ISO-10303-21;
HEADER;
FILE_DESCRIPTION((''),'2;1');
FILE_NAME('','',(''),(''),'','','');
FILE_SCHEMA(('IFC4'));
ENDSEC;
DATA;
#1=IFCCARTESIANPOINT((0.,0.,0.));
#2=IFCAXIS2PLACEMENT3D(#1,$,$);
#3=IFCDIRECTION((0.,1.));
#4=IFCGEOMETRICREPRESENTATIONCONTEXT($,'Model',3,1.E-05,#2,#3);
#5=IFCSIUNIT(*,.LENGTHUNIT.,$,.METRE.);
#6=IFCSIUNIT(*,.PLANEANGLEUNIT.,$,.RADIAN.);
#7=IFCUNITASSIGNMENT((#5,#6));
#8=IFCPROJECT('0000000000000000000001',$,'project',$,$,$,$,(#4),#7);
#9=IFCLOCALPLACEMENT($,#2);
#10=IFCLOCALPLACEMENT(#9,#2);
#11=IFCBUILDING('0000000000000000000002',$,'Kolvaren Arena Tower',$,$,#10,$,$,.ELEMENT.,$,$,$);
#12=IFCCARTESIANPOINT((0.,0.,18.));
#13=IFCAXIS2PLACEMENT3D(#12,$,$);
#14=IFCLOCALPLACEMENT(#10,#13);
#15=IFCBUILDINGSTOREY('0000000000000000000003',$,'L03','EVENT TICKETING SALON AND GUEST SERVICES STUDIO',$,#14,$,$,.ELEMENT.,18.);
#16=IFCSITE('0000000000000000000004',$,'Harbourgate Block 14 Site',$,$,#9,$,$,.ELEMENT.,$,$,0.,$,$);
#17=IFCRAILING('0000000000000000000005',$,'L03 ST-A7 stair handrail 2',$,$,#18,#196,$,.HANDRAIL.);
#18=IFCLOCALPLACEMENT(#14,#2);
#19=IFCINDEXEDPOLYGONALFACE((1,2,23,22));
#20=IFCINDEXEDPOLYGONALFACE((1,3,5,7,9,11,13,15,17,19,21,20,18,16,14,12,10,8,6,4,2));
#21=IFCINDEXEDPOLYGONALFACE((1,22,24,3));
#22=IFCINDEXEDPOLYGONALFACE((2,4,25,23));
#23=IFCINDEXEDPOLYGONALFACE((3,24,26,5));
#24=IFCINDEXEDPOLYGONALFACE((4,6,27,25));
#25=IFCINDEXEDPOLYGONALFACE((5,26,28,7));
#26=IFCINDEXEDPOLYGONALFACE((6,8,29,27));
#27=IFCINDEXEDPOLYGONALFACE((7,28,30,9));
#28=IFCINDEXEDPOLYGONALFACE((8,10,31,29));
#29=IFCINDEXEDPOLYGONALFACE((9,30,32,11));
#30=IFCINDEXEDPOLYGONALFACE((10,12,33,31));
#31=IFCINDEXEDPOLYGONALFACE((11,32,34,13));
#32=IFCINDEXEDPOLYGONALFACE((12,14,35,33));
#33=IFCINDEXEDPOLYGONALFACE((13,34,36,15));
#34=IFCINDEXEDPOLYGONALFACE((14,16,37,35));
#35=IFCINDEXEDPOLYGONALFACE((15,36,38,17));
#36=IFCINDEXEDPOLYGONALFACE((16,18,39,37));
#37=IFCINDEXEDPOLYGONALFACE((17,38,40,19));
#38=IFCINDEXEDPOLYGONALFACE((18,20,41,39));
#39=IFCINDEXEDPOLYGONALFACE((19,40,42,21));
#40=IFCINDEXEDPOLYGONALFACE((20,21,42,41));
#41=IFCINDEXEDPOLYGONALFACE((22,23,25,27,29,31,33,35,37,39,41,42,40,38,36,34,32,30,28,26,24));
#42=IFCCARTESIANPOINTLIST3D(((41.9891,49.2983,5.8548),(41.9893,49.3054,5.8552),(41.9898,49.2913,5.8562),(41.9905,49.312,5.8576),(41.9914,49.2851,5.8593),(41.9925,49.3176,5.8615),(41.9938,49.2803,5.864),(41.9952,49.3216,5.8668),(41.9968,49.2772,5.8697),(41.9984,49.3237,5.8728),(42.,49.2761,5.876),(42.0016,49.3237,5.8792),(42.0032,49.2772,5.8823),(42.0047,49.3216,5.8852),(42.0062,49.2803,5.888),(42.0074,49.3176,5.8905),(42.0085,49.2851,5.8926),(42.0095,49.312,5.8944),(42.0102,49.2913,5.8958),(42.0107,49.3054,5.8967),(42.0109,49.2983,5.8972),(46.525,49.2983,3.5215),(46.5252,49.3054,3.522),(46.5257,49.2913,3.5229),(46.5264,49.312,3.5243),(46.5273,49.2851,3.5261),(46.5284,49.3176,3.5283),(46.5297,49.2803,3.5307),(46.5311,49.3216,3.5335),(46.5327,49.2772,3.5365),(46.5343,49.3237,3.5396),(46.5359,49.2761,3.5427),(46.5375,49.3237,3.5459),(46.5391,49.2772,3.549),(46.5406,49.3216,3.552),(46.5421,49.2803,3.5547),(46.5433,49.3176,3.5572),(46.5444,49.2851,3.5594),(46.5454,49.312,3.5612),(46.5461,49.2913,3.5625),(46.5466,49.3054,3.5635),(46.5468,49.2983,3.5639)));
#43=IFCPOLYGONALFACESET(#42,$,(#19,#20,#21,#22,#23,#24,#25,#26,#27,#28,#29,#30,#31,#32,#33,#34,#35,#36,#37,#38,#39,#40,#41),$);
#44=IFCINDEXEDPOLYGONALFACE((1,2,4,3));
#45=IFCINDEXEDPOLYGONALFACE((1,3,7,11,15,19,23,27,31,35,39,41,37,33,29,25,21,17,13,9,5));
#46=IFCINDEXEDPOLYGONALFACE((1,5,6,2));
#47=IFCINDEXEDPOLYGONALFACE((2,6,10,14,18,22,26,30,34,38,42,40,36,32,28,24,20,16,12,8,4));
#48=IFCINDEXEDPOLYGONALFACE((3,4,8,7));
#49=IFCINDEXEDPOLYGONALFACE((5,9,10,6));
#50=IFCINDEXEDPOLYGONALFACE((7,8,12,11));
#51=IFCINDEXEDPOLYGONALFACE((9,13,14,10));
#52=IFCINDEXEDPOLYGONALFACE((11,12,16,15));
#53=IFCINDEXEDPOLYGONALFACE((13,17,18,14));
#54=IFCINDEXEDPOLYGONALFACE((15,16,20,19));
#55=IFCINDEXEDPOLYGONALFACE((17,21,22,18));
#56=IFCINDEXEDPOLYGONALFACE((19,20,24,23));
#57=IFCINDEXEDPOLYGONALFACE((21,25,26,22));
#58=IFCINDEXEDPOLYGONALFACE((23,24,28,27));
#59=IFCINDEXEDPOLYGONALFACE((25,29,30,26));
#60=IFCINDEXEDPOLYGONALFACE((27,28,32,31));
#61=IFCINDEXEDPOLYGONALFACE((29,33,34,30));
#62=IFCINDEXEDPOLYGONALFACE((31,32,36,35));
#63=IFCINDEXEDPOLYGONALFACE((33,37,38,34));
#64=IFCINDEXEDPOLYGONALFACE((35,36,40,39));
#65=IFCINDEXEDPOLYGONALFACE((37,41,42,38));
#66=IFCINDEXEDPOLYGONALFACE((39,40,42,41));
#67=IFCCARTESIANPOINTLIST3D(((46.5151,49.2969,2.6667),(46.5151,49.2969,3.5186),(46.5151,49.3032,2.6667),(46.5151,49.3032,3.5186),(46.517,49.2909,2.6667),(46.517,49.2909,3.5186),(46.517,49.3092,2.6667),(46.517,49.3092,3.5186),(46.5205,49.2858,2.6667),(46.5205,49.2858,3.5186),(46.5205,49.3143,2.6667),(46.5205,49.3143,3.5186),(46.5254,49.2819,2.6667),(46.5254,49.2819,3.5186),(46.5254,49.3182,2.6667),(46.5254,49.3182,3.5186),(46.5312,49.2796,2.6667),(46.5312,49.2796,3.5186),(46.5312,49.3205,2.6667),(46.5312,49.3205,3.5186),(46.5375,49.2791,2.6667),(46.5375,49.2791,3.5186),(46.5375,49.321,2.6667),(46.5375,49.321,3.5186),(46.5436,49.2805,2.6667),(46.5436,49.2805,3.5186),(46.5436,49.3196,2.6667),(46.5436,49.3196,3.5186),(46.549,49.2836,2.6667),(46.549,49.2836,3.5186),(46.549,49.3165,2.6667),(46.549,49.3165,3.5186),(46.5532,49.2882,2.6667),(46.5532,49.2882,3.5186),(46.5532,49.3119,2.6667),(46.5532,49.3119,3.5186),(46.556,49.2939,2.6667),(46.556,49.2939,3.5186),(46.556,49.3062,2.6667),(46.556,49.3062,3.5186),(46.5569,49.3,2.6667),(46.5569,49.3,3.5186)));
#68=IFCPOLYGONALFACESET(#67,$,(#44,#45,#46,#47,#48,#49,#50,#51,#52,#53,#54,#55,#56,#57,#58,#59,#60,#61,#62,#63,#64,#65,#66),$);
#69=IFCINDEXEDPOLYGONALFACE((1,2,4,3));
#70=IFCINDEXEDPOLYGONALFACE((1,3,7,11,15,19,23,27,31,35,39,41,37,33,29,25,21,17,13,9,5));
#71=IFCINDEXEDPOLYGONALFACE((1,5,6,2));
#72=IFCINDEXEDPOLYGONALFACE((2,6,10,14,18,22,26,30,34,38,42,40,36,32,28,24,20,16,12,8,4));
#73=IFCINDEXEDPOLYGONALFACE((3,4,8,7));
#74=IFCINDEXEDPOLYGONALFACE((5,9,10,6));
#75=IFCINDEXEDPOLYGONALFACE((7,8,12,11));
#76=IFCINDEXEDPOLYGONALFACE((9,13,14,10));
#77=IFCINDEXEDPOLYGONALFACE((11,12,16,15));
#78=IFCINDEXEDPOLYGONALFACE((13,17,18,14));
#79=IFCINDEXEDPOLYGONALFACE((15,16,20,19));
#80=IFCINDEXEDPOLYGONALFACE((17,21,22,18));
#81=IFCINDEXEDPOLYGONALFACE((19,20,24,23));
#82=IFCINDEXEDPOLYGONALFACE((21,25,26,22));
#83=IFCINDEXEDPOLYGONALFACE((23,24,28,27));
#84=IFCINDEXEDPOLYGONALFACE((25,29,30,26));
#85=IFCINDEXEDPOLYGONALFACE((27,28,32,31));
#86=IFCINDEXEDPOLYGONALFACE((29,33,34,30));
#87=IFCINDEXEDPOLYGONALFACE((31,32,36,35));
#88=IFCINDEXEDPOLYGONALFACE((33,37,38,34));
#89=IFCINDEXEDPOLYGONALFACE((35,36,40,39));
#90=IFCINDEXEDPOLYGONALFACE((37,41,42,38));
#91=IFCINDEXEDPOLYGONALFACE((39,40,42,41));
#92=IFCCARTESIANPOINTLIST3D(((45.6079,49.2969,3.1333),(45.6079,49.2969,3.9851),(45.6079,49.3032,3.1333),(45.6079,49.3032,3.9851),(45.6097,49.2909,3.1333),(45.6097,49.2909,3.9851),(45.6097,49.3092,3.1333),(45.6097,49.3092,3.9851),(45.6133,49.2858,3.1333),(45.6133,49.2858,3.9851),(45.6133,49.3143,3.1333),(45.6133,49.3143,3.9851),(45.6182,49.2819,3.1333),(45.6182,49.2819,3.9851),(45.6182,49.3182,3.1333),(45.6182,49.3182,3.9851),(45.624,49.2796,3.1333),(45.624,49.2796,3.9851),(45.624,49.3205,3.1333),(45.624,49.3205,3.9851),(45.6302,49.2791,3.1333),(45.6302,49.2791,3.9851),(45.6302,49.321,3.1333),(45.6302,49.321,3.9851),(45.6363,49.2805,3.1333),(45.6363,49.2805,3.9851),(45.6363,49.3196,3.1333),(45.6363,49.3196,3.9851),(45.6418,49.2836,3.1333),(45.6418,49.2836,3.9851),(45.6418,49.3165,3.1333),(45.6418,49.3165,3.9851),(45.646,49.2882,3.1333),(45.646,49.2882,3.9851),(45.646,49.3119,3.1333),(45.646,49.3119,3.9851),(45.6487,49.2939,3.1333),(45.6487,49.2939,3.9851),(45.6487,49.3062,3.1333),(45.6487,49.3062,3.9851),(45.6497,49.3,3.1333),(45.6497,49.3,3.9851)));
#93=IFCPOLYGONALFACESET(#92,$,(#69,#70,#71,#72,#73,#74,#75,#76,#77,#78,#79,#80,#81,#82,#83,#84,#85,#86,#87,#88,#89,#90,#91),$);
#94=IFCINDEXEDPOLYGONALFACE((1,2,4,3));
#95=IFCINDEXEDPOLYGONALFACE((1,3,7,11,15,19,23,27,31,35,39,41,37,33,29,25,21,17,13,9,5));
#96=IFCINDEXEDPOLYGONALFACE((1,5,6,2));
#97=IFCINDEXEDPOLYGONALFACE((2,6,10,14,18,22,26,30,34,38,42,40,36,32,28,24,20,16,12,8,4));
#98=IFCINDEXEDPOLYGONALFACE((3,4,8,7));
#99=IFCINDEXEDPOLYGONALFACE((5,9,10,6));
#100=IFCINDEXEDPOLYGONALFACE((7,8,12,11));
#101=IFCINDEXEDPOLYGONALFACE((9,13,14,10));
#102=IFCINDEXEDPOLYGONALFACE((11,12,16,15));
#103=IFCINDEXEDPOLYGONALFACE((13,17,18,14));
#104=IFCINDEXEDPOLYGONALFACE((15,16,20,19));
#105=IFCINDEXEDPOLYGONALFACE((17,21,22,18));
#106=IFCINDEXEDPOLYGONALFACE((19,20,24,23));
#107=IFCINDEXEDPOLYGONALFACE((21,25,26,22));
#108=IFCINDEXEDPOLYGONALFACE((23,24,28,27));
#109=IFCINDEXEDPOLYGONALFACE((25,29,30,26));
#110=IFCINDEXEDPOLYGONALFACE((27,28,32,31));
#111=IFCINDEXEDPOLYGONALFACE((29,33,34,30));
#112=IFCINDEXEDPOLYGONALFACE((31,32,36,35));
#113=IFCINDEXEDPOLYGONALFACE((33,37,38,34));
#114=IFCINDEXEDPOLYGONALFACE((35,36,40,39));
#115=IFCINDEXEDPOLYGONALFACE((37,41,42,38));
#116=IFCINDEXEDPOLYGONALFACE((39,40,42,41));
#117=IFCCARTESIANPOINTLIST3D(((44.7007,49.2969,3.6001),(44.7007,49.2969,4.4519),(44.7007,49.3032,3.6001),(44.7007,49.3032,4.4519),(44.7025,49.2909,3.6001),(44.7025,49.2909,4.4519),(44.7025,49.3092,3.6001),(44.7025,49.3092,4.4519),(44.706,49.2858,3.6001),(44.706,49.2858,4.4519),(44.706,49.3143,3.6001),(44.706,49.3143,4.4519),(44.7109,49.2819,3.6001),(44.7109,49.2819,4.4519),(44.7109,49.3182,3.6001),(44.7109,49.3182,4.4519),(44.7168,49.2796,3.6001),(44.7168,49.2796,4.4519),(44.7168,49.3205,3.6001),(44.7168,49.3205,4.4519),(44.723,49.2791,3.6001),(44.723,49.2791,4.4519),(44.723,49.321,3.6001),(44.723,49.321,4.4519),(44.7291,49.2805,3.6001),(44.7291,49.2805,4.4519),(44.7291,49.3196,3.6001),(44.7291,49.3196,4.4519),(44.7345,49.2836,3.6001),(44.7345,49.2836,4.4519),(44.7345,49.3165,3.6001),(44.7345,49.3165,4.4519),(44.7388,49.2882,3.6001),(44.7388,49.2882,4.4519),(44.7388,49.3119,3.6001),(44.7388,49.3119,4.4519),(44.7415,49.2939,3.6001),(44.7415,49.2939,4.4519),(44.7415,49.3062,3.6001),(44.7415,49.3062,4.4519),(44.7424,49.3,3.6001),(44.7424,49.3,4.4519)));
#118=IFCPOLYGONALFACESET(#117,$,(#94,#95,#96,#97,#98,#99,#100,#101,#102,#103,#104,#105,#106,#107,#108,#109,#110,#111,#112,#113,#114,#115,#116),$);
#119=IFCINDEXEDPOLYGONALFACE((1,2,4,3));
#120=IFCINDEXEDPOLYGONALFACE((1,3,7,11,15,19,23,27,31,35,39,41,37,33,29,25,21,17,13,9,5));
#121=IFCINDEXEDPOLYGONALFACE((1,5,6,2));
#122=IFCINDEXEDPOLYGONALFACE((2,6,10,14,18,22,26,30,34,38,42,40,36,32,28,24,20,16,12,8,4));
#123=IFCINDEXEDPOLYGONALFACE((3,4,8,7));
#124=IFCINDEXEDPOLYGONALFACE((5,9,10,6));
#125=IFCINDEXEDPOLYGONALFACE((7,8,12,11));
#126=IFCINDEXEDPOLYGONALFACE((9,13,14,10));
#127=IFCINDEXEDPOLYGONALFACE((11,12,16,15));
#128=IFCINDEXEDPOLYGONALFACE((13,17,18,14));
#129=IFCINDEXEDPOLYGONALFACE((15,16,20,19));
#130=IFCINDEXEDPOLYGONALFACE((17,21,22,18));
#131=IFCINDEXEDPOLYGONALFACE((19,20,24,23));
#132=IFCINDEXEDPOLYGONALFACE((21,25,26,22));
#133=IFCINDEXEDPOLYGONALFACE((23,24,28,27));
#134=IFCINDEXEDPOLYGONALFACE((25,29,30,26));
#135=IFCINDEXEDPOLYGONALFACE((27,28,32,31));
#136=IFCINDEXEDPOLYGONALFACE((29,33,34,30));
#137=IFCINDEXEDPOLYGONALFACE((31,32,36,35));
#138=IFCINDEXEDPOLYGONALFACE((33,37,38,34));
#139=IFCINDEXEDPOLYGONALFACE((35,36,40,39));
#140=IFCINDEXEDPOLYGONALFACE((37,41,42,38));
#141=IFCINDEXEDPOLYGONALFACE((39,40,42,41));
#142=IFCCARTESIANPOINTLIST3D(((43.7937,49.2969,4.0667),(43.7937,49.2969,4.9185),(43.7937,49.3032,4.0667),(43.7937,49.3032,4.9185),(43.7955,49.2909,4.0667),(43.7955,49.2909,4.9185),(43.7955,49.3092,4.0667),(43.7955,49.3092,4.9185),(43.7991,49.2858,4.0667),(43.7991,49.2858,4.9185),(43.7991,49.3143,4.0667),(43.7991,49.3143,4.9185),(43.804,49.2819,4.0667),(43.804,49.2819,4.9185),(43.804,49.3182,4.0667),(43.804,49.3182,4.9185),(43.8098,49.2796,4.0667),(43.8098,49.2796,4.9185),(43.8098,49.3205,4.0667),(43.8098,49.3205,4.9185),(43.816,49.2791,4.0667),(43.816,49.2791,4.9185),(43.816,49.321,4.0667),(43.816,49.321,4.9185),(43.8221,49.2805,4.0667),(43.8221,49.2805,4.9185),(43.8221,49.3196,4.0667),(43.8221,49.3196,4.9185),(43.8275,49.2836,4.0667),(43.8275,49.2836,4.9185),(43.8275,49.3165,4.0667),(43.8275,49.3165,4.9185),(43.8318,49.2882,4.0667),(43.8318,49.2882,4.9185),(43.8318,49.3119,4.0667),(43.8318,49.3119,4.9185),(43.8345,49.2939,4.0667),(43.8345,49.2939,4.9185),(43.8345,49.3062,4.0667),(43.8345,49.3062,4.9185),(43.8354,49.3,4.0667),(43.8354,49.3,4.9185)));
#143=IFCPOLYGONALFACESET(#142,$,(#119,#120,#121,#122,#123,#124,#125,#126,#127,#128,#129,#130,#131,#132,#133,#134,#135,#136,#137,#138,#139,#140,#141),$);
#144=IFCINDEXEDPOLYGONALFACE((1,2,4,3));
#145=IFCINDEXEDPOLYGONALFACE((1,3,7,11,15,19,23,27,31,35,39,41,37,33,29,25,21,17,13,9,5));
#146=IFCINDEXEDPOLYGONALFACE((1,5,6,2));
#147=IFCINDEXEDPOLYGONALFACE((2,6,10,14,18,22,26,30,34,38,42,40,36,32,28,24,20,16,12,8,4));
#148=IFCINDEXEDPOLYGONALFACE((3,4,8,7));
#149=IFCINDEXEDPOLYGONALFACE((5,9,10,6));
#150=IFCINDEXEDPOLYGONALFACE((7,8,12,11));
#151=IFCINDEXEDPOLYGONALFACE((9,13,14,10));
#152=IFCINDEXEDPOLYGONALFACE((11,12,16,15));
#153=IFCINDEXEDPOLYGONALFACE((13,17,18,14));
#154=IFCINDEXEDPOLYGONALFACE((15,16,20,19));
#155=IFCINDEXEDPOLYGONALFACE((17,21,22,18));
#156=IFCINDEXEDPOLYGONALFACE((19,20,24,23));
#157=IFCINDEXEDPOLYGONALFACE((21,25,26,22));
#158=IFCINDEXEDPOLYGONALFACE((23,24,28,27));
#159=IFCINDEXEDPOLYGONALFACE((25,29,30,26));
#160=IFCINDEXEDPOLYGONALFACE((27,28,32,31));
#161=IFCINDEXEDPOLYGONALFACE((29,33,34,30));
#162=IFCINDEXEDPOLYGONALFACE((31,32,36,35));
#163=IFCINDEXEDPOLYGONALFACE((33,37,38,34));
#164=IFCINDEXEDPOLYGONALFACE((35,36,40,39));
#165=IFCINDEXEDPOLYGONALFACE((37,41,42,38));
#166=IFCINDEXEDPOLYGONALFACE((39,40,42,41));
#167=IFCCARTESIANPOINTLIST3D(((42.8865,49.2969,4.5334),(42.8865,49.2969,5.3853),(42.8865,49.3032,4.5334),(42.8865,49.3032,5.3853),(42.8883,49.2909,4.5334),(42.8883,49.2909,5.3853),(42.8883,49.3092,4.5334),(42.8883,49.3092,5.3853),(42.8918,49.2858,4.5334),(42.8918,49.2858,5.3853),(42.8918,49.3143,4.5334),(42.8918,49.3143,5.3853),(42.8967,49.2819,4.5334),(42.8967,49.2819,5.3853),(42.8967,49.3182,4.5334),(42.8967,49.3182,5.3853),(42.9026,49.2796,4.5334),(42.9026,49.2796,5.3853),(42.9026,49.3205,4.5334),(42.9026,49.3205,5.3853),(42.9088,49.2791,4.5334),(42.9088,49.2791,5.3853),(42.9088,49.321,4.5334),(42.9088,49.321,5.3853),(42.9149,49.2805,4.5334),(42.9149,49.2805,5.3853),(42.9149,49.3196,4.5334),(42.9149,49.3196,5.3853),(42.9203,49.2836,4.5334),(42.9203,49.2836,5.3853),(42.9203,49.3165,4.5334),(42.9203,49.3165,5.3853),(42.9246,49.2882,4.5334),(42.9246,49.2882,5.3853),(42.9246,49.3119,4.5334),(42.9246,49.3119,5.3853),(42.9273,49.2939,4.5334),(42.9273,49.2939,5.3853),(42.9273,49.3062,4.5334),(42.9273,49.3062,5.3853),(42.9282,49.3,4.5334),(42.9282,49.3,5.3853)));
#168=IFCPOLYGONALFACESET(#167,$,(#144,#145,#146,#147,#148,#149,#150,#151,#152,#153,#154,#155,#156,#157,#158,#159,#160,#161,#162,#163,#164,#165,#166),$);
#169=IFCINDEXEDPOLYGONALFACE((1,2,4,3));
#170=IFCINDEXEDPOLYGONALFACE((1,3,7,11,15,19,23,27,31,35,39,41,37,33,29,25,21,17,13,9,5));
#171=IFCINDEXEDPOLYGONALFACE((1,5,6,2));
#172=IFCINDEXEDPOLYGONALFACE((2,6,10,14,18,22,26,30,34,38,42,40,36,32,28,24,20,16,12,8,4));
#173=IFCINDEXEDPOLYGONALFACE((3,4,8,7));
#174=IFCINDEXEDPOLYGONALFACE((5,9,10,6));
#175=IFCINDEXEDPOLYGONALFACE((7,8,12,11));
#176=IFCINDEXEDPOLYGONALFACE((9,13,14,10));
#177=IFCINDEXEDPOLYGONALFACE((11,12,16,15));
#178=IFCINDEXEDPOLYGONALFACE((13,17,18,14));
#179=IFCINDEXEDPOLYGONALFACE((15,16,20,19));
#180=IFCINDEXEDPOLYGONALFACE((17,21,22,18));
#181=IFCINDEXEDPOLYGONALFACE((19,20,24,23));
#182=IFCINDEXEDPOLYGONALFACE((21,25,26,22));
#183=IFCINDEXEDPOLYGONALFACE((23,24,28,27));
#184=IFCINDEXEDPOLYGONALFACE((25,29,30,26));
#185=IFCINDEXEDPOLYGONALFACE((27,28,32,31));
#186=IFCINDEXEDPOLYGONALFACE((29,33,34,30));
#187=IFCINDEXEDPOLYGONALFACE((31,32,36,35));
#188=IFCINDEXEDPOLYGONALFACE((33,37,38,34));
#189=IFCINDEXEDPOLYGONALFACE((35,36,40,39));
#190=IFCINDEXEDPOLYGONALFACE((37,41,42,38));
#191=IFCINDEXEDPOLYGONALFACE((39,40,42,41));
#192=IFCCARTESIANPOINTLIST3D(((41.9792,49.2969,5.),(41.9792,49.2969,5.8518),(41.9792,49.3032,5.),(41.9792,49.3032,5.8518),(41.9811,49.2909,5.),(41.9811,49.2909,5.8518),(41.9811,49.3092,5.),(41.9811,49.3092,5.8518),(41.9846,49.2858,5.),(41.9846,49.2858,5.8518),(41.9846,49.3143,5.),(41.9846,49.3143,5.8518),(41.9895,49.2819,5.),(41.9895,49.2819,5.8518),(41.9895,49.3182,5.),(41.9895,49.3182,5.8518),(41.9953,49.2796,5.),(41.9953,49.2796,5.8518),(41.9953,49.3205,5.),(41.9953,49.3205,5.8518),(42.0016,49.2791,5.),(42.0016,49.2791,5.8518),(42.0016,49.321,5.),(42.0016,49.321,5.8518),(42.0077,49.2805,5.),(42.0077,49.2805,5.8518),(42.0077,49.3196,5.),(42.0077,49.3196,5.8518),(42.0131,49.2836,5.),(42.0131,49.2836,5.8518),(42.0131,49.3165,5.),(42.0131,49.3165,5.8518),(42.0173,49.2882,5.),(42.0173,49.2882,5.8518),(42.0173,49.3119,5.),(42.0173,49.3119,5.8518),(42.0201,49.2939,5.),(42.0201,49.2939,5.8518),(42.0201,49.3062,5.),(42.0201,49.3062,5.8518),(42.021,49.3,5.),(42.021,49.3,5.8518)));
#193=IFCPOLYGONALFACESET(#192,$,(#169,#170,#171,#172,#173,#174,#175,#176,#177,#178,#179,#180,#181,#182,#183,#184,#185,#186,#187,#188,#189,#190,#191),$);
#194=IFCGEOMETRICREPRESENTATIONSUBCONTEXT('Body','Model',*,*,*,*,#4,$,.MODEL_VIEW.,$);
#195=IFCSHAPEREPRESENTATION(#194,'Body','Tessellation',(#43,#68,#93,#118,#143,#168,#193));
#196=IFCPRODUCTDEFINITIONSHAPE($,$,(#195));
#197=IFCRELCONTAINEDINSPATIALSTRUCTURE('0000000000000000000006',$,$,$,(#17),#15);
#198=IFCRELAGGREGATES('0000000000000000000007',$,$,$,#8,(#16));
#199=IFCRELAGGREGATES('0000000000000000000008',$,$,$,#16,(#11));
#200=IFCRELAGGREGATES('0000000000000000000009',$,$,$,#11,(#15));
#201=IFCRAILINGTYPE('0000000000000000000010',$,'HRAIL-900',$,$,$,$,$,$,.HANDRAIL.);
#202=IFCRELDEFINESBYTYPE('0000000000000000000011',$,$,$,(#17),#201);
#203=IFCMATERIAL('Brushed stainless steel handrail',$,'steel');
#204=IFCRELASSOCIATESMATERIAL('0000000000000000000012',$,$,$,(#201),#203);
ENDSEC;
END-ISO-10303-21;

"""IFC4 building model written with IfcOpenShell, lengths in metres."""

from ifc_helpers import new_model, si_unit, direction, frame, origin, origin_2d, place, context, subcontext, project, spatial, circle, extrude, material, type_object, element, save


model = new_model("IFC4")

# Units and contexts
model_context = context("Model", 3, precision=1e-05, world=origin(), true_north=direction((0.0, 1.0)))
body_context = subcontext(model_context, "Body", "Model", "MODEL_VIEW")
ifc_project = project(units=[si_unit("LENGTHUNIT", "METRE"), si_unit("PLANEANGLEUNIT", "RADIAN")], contexts=[model_context])

# Site, building, storey
site_placement = place(None, origin())
site = spatial("IfcSite", under=ifc_project, at=site_placement, Name="Harbourgate Block 14 Site", CompositionType="ELEMENT", RefElevation=0.0)
building_placement = place(site_placement, origin())
building = spatial("IfcBuilding", under=site, at=building_placement, Name="Kolvaren Arena Tower", CompositionType="ELEMENT")
storey_placement = place(building_placement, frame((0.0, 0.0, 18.0)))
storey = spatial("IfcBuildingStorey", under=building, at=storey_placement, Name="L03", Description="EVENT TICKETING SALON AND GUEST SERVICES STUDIO", CompositionType="ELEMENT", Elevation=18.0)

# Railing
ifc_material_1 = material(Name="Brushed stainless steel handrail", Category="steel")
railing_type_1 = type_object("IfcRailingType", Name="HRAIL-900", PredefinedType="HANDRAIL", material=ifc_material_1)
railing_1_placement = place(storey_placement, frame((46.5359, 49.3, 2.6667)))
element("IfcRailing", 1, at=railing_1_placement, inside=storey, type_object=railing_type_1, Name="L03 ST-A7 stair handrail 2", PredefinedType="HANDRAIL", context=body_context, shape_type="SweptSolid", body=[
    extrude(circle(Radius=0.0239, at=origin_2d()), frame((0.0, 0.0, 0.876), z_axis=(-0.889247, 0.0, 0.457427), x_axis=(0.0, -1.0, 0.0)), (0.0, 0.0, 1.0), 5.1008),
    extrude(circle(Radius=0.021, at=origin_2d()), origin(), (0.0, 0.0, 1.0), 0.8518),
    extrude(circle(Radius=0.021, at=origin_2d()), frame((-0.9072, 0.0, 0.4666)), (0.0, 0.0, 1.0), 0.8518),
    extrude(circle(Radius=0.021, at=origin_2d()), frame((-1.8145, 0.0, 0.9333)), (0.0, 0.0, 1.0), 0.8518),
    extrude(circle(Radius=0.021, at=origin_2d()), frame((-2.7214, 0.0, 1.3999)), (0.0, 0.0, 1.0), 0.8518),
    extrude(circle(Radius=0.021, at=origin_2d()), frame((-3.6287, 0.0, 1.8667)), (0.0, 0.0, 1.0), 0.8518),
    extrude(circle(Radius=0.021, at=origin_2d()), frame((-4.5359, 0.0, 2.3333)), (0.0, 0.0, 1.0), 0.8518),
])

save(model, "model.ifc")
